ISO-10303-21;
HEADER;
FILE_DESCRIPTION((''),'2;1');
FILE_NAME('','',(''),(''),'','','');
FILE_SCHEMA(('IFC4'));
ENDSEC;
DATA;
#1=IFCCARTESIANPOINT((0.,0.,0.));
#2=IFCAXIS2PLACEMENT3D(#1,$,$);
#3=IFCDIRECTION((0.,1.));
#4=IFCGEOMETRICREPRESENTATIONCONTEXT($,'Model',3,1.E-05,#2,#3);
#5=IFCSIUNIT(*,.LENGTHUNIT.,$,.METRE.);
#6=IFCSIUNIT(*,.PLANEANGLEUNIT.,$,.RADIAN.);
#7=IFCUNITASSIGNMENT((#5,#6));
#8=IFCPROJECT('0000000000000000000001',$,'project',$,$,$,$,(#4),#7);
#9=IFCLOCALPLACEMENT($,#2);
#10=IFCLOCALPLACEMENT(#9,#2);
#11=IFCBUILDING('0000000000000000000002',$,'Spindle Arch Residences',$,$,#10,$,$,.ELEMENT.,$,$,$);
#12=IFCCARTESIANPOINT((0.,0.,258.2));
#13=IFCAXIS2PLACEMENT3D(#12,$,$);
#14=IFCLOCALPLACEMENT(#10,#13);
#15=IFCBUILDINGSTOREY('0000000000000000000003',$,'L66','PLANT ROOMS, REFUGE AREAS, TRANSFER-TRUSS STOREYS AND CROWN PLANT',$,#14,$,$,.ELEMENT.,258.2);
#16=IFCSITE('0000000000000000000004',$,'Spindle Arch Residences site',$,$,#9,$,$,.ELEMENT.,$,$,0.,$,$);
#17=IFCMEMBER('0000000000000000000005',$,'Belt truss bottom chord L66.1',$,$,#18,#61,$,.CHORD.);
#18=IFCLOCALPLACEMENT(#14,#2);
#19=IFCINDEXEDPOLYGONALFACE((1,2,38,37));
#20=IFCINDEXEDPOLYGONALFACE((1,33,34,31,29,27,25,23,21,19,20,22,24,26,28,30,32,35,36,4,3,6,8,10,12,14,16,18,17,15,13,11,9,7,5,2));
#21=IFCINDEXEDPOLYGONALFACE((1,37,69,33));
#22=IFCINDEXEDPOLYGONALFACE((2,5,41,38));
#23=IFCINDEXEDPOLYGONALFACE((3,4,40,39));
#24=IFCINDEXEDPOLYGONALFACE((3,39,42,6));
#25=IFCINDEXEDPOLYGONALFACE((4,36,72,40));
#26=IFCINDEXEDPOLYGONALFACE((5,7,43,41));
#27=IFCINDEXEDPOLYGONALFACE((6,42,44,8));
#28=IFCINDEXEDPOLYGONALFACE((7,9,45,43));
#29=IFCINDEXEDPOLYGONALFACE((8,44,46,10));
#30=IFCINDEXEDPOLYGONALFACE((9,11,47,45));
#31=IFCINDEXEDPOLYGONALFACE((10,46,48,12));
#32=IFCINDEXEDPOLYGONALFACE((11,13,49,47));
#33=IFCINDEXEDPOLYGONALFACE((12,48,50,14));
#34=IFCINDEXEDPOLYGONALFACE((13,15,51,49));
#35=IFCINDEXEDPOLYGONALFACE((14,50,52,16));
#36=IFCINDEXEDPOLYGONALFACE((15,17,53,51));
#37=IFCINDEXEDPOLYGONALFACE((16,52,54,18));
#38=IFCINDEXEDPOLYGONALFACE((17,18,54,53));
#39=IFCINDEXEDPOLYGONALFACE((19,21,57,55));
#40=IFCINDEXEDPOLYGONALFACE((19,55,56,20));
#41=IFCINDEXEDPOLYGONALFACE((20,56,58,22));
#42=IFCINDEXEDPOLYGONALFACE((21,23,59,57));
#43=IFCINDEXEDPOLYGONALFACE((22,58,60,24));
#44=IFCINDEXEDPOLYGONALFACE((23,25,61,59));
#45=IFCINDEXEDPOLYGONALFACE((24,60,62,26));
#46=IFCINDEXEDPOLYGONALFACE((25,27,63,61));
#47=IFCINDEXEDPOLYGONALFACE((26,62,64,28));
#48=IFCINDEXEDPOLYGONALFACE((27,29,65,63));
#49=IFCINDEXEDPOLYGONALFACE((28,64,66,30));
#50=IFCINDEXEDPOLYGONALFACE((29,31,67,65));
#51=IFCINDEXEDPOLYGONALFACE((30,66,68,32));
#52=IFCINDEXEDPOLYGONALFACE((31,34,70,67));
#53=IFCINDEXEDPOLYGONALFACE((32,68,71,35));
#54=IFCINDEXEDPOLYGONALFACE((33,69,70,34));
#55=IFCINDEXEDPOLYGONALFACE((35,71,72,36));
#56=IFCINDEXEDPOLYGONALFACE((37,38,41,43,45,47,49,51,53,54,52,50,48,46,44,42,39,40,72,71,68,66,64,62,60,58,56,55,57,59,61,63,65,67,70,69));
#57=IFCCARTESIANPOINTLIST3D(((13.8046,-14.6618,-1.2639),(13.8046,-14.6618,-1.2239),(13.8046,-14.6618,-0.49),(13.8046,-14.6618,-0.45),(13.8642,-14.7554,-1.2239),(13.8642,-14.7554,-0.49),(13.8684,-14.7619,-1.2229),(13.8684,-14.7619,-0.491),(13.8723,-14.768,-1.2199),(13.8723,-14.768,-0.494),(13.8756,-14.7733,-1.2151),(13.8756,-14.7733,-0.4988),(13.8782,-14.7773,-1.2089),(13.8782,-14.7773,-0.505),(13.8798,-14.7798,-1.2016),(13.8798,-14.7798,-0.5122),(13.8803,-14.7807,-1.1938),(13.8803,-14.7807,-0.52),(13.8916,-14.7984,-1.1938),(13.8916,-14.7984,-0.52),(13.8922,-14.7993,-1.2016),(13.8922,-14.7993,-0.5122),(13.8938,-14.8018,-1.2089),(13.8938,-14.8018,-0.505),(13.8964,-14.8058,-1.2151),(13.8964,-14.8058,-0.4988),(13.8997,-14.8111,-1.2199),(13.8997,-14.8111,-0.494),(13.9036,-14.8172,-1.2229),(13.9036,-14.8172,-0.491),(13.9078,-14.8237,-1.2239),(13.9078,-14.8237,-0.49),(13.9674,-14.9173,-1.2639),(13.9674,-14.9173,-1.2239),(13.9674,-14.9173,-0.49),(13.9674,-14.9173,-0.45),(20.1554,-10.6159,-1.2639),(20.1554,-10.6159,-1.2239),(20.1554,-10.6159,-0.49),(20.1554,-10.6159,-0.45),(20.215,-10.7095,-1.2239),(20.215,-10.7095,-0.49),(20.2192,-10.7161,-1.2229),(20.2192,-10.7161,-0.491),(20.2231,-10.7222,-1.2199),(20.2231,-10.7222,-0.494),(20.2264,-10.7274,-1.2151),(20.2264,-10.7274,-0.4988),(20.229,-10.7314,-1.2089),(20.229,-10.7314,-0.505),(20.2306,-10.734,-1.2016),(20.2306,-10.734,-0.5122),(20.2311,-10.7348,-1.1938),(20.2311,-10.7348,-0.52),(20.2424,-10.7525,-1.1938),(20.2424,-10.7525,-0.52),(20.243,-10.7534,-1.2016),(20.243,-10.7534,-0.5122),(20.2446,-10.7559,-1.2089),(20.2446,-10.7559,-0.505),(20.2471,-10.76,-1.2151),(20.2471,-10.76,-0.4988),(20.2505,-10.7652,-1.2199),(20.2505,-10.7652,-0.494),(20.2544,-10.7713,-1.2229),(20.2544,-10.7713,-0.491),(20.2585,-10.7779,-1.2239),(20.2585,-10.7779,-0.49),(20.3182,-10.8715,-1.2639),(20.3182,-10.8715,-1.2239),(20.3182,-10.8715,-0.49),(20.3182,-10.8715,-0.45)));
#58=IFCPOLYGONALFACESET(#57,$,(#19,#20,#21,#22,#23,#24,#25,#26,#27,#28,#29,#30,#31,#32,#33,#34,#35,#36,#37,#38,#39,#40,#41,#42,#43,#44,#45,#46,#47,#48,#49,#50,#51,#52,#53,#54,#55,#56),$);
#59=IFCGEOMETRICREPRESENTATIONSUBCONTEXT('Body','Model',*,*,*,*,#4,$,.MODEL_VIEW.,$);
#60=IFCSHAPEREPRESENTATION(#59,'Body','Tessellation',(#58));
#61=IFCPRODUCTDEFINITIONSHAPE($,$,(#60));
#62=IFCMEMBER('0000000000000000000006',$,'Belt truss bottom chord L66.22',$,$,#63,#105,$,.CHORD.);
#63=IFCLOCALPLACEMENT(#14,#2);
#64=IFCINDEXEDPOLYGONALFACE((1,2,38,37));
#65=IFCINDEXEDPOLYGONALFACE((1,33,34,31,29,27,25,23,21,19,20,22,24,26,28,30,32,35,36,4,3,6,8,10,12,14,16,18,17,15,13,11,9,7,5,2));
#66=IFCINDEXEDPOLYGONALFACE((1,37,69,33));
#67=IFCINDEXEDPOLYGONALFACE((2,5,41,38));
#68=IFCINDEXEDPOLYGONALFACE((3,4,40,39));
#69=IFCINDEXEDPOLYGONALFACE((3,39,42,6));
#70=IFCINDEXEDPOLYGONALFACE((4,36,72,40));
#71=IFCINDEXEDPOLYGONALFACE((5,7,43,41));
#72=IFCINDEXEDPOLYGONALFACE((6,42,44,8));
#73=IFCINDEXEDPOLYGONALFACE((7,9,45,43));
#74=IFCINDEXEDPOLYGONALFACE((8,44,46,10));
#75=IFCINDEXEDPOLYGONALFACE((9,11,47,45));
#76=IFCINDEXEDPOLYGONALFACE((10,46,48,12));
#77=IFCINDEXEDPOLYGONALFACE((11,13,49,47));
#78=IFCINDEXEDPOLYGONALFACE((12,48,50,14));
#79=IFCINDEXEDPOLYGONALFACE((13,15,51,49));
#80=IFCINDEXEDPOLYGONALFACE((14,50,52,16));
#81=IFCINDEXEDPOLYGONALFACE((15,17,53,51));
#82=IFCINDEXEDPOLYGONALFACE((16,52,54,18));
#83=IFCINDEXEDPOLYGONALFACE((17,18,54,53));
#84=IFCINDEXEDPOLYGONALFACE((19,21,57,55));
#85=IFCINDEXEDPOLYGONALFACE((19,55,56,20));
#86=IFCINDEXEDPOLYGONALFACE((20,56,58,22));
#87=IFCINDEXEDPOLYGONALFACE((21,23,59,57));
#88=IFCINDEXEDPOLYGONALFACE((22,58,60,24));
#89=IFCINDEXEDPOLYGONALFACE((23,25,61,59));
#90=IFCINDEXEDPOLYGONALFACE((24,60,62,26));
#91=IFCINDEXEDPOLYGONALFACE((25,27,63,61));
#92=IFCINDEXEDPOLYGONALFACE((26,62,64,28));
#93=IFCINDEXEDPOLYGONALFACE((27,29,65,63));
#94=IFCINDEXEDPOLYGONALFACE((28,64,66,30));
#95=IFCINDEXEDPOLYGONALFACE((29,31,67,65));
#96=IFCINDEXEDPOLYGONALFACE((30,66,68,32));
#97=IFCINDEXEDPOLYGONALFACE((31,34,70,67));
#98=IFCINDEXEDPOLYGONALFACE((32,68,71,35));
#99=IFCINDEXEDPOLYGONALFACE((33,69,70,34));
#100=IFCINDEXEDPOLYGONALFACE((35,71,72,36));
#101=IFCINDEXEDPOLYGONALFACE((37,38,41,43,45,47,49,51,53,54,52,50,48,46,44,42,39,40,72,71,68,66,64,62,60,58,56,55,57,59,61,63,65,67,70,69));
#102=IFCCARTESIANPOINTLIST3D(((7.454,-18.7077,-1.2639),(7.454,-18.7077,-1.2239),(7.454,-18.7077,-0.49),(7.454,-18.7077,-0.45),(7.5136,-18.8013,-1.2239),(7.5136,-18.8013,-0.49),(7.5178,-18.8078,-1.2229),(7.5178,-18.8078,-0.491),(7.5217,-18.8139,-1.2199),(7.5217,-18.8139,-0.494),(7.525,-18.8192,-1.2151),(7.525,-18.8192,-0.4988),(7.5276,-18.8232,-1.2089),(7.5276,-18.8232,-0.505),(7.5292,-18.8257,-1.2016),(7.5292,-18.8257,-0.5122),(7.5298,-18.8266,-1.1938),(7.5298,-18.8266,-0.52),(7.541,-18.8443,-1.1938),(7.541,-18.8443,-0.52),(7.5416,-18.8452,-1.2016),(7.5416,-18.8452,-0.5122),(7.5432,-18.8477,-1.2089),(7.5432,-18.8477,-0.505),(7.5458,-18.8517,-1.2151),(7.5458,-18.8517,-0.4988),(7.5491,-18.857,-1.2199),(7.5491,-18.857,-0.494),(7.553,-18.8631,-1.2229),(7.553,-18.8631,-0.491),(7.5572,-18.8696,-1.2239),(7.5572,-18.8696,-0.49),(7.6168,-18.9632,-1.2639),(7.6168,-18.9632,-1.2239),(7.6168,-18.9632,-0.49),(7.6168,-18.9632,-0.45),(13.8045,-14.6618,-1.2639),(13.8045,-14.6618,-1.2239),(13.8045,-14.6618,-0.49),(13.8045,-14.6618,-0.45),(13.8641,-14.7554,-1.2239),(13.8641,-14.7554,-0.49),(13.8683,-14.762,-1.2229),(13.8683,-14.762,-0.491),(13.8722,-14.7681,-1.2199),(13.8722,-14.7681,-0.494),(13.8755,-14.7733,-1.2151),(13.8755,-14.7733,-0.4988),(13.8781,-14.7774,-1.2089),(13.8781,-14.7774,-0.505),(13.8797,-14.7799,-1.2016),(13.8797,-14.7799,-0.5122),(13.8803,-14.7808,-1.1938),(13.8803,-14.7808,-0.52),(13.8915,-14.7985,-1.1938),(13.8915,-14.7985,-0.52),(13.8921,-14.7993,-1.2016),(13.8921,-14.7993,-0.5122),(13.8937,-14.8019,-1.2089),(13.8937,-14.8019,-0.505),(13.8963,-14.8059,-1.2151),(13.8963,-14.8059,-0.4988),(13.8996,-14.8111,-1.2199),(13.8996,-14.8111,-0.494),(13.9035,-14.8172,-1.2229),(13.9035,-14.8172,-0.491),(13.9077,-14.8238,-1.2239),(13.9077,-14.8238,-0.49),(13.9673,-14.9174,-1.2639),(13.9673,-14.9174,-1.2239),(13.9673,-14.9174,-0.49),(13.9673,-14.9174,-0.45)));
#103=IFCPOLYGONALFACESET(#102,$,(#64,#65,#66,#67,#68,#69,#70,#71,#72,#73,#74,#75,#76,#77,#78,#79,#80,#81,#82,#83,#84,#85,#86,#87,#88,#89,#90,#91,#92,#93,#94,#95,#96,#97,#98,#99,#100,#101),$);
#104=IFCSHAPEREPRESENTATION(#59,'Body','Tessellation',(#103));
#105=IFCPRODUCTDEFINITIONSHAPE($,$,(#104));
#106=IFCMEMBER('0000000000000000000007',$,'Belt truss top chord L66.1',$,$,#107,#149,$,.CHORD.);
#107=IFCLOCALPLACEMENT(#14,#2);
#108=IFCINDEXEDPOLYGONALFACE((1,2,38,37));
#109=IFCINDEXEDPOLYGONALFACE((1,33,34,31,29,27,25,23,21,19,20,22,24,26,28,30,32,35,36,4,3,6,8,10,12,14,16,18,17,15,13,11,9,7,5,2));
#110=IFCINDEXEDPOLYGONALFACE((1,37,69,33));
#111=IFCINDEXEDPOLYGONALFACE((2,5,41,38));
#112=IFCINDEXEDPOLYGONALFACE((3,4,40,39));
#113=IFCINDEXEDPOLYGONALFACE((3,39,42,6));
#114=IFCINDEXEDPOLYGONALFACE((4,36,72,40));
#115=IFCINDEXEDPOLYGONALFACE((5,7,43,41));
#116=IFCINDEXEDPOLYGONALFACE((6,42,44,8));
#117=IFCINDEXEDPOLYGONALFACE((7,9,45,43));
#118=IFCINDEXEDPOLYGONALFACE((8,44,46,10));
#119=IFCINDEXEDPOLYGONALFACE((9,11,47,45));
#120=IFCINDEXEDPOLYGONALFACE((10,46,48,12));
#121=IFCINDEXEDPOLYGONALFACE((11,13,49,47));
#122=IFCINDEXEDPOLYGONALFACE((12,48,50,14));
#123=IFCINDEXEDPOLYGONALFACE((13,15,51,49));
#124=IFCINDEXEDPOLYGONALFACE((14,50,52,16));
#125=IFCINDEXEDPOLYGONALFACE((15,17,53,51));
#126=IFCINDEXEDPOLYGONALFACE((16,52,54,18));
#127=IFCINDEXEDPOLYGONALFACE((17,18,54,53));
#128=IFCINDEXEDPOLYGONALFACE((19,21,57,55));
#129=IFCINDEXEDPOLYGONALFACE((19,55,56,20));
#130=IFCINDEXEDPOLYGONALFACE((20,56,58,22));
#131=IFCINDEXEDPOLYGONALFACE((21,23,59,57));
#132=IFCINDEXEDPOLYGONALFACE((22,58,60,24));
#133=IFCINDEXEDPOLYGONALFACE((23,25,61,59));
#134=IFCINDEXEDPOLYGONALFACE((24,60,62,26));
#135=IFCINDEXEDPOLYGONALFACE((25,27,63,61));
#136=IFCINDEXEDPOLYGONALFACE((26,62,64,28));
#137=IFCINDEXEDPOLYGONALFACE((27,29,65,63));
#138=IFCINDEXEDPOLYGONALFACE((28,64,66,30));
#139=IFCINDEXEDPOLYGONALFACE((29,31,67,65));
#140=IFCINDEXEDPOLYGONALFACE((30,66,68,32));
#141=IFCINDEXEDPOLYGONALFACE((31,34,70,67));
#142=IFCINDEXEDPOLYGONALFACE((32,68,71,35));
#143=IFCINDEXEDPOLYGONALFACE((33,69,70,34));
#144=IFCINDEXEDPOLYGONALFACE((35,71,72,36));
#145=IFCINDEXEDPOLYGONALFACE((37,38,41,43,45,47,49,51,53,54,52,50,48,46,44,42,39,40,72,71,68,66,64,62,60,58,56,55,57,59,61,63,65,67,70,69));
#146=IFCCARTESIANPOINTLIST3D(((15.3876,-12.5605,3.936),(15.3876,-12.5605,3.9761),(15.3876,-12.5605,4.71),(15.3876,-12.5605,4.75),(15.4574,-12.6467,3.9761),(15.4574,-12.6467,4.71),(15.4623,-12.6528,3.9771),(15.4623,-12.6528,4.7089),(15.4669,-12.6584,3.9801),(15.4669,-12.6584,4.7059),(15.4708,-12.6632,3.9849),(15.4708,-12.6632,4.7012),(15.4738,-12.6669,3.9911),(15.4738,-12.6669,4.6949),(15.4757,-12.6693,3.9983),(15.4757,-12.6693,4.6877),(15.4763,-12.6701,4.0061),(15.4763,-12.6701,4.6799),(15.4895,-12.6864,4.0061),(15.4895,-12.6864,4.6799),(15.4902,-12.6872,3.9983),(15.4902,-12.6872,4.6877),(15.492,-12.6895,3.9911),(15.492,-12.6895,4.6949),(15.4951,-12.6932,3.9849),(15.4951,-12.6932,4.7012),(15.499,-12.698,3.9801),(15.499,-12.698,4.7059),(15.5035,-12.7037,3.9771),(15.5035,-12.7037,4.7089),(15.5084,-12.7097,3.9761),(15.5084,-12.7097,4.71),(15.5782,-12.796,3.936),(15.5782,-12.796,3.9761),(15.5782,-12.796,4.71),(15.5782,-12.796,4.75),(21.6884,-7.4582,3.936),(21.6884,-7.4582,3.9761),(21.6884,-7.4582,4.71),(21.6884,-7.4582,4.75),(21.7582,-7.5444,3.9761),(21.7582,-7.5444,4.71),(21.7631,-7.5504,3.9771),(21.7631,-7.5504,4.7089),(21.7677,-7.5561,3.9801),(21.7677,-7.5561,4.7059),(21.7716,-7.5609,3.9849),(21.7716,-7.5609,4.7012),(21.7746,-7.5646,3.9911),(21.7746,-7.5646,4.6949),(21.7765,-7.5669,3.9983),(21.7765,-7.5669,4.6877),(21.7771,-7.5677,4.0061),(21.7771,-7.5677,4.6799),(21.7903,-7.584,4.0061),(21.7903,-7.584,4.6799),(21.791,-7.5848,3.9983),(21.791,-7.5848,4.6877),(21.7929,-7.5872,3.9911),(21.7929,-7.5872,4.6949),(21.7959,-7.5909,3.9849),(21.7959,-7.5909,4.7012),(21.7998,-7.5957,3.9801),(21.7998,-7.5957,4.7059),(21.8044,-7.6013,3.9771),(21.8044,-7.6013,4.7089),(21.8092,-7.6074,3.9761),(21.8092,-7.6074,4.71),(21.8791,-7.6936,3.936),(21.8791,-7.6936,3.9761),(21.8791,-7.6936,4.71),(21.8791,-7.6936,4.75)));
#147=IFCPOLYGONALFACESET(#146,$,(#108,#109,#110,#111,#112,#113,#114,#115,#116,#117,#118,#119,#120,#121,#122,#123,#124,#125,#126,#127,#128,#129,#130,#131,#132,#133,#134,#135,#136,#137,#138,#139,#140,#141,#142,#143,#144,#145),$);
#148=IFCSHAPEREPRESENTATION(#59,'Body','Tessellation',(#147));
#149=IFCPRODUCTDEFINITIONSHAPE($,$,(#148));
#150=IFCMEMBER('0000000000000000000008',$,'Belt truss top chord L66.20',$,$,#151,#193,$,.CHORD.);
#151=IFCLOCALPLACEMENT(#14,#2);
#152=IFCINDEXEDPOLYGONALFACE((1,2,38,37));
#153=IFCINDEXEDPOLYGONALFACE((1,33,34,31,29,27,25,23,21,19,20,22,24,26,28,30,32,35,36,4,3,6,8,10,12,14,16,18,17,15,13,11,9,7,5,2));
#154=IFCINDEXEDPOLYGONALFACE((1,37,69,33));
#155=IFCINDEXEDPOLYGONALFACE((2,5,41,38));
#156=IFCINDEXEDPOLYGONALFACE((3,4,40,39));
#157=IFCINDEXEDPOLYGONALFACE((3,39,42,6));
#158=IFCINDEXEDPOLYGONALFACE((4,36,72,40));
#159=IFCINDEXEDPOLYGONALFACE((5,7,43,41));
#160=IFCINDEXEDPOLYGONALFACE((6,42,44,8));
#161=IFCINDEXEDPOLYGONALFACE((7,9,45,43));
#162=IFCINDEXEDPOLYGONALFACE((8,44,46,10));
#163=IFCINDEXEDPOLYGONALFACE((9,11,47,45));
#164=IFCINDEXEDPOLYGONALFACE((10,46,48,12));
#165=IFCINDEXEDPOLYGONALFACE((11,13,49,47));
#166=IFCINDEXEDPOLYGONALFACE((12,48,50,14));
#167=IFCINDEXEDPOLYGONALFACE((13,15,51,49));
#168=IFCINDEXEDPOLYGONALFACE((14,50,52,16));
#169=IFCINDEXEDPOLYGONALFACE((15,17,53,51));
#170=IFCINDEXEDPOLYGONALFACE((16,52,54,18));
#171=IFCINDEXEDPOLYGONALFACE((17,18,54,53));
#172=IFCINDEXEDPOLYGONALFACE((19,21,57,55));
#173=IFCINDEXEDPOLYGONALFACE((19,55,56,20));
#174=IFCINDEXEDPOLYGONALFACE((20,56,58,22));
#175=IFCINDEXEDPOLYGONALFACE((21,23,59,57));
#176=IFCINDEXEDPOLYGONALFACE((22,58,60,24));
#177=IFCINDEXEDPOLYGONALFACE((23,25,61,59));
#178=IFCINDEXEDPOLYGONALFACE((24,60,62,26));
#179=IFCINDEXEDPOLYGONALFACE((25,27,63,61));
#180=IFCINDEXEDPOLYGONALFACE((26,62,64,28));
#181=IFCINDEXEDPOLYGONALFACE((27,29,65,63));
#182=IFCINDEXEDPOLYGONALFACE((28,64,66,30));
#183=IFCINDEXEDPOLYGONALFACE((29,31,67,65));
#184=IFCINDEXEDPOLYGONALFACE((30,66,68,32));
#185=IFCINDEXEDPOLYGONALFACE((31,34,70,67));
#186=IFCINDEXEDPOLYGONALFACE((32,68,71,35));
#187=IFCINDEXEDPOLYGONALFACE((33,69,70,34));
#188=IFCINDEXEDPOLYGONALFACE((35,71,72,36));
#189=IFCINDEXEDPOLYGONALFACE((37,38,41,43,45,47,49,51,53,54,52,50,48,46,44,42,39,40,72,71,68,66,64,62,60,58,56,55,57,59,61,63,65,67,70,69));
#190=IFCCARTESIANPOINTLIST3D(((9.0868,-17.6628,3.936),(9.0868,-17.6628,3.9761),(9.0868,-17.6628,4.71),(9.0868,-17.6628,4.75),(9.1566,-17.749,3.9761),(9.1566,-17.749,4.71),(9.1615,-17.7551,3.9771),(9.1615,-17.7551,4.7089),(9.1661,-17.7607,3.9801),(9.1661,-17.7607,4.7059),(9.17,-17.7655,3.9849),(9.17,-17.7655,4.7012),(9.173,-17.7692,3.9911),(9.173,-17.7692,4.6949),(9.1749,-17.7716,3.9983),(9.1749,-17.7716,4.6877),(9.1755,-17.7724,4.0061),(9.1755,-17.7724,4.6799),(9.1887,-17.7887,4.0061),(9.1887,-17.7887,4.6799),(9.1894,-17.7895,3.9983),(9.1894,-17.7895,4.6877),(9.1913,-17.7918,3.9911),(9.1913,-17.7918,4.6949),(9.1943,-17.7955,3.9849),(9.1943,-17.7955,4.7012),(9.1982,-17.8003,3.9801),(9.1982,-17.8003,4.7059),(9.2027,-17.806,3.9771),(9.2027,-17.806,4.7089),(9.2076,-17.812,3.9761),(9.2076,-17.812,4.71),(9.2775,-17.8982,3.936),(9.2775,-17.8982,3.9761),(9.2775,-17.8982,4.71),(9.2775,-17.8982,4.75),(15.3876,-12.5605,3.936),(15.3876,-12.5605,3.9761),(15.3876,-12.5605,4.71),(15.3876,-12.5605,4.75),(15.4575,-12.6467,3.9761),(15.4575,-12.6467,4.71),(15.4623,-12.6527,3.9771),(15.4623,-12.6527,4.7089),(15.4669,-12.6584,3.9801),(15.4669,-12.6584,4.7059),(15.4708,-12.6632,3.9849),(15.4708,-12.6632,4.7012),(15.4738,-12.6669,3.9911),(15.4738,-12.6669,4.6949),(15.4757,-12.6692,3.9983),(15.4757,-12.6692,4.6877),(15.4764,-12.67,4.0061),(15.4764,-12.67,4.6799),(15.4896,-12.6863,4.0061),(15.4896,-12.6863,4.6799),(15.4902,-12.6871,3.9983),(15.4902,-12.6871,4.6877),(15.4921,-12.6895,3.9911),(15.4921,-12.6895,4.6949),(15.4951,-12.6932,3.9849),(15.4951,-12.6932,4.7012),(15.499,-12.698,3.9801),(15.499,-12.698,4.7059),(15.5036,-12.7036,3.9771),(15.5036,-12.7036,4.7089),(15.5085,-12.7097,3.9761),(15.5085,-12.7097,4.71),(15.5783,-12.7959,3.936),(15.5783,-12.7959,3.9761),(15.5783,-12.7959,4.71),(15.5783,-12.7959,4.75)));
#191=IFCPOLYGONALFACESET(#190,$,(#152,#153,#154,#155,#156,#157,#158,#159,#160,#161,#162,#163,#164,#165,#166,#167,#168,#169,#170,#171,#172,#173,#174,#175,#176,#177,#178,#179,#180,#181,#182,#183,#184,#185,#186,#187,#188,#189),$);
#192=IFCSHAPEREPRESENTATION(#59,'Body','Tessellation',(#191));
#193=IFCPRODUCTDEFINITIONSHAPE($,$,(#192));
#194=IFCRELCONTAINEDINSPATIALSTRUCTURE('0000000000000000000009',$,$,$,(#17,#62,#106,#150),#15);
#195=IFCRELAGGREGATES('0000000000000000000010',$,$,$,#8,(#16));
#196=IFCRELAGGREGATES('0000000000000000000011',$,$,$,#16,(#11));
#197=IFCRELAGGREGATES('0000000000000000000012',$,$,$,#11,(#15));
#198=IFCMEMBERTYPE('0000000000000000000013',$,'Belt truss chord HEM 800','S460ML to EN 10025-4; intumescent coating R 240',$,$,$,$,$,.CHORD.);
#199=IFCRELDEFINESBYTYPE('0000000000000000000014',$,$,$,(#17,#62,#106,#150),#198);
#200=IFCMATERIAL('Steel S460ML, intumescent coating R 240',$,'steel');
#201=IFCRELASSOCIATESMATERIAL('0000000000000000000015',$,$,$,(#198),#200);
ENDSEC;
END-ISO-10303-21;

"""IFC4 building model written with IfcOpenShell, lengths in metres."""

from ifc_helpers import new_model, si_unit, direction, frame, origin, origin_2d, place, context, subcontext, project, spatial, i_section, extrude, material, material_profile, profile_set, type_object, element, save


model = new_model("IFC4")

# Units and contexts
model_context = context("Model", 3, precision=1e-05, world=origin(), true_north=direction((0.0, 1.0)))
body_context = subcontext(model_context, "Body", "Model", "MODEL_VIEW")
ifc_project = project(units=[si_unit("LENGTHUNIT", "METRE"), si_unit("PLANEANGLEUNIT", "RADIAN")], contexts=[model_context])

# Site, building, storey
site_placement = place(None, origin())
site = spatial("IfcSite", under=ifc_project, at=site_placement, Name="Spindle Arch Residences site", CompositionType="ELEMENT", RefElevation=0.0)
building_placement = place(site_placement, origin())
building = spatial("IfcBuilding", under=site, at=building_placement, Name="Spindle Arch Residences", CompositionType="ELEMENT")
storey_placement = place(building_placement, frame((0.0, 0.0, 258.2)))
storey = spatial("IfcBuildingStorey", under=building, at=storey_placement, Name="L66", Description="PLANT ROOMS, REFUGE AREAS, TRANSFER-TRUSS STOREYS AND CROWN PLANT", CompositionType="ELEMENT", Elevation=258.2)

# Members
ifc_material_1 = material(Name="Steel S460ML, intumescent coating R 240", Category="steel")
ifc_material_profile_1 = material_profile(ifc_material_1, i_section(OverallWidth=0.303, OverallDepth=0.814, WebThickness=0.021, FlangeThickness=0.04, FilletRadius=0.03, at=origin_2d()), Name="HEM 800")
ifc_profile_set_1 = profile_set([ifc_material_profile_1], Name="Steel S460ML, intumescent coating R 240")
member_type_1 = type_object("IfcMemberType", Name="Belt truss chord HEM 800", Description="S460ML to EN 10025-4; intumescent coating R 240", PredefinedType="CHORD", material=ifc_profile_set_1)
member_1_placement = place(storey_placement, frame((13.886, -14.7896, -0.8569), z_axis=(0.843393, 0.537297, 0.0), x_axis=(-0.537297, 0.843393, 0.0)))
element("IfcMember", 1, at=member_1_placement, inside=storey, type_object=member_type_1, Name="Belt truss bottom chord L66.1", PredefinedType="CHORD", context=body_context, shape_type="SweptSolid", body=[
    extrude(i_section(OverallWidth=0.303, OverallDepth=0.814, WebThickness=0.021, FlangeThickness=0.04, FilletRadius=0.03, at=origin_2d()), origin(), (0.0, 0.0, 1.0), 7.53),
])
member_2_placement = place(storey_placement, frame((7.5354, -18.8354, -0.8569), z_axis=(0.843384, 0.537312, 0.0), x_axis=(-0.537312, 0.843384, 0.0)))
element("IfcMember", 2, at=member_2_placement, inside=storey, type_object=member_type_1, Name="Belt truss bottom chord L66.22", PredefinedType="CHORD", context=body_context, shape_type="SweptSolid", body=[
    extrude(i_section(OverallWidth=0.303, OverallDepth=0.814, WebThickness=0.021, FlangeThickness=0.04, FilletRadius=0.03, at=origin_2d()), origin(), (0.0, 0.0, 1.0), 7.5298),
])
for number, where, z_axis, x_axis, name in (
    (3, (15.4829, -12.6782, 4.343), (0.777145, 0.629322, 0.0), (-0.629322, 0.777145, 0.0), "Belt truss top chord L66.1"),
    (4, (9.1821, -17.7805, 4.343), (0.777145, 0.629322, 0.0), (-0.629322, 0.777145, 0.0), "Belt truss top chord L66.20"),
):
    element("IfcMember", number, at=place(storey_placement, frame(where, z_axis=z_axis, x_axis=x_axis)), inside=storey, type_object=member_type_1, Name=name, PredefinedType="CHORD", context=body_context, shape_type="SweptSolid", body=[
        extrude(i_section(OverallWidth=0.303, OverallDepth=0.814, WebThickness=0.021, FlangeThickness=0.04, FilletRadius=0.03, at=origin_2d()), origin(), (0.0, 0.0, 1.0), 8.1077),
    ])

save(model, "model.ifc")
